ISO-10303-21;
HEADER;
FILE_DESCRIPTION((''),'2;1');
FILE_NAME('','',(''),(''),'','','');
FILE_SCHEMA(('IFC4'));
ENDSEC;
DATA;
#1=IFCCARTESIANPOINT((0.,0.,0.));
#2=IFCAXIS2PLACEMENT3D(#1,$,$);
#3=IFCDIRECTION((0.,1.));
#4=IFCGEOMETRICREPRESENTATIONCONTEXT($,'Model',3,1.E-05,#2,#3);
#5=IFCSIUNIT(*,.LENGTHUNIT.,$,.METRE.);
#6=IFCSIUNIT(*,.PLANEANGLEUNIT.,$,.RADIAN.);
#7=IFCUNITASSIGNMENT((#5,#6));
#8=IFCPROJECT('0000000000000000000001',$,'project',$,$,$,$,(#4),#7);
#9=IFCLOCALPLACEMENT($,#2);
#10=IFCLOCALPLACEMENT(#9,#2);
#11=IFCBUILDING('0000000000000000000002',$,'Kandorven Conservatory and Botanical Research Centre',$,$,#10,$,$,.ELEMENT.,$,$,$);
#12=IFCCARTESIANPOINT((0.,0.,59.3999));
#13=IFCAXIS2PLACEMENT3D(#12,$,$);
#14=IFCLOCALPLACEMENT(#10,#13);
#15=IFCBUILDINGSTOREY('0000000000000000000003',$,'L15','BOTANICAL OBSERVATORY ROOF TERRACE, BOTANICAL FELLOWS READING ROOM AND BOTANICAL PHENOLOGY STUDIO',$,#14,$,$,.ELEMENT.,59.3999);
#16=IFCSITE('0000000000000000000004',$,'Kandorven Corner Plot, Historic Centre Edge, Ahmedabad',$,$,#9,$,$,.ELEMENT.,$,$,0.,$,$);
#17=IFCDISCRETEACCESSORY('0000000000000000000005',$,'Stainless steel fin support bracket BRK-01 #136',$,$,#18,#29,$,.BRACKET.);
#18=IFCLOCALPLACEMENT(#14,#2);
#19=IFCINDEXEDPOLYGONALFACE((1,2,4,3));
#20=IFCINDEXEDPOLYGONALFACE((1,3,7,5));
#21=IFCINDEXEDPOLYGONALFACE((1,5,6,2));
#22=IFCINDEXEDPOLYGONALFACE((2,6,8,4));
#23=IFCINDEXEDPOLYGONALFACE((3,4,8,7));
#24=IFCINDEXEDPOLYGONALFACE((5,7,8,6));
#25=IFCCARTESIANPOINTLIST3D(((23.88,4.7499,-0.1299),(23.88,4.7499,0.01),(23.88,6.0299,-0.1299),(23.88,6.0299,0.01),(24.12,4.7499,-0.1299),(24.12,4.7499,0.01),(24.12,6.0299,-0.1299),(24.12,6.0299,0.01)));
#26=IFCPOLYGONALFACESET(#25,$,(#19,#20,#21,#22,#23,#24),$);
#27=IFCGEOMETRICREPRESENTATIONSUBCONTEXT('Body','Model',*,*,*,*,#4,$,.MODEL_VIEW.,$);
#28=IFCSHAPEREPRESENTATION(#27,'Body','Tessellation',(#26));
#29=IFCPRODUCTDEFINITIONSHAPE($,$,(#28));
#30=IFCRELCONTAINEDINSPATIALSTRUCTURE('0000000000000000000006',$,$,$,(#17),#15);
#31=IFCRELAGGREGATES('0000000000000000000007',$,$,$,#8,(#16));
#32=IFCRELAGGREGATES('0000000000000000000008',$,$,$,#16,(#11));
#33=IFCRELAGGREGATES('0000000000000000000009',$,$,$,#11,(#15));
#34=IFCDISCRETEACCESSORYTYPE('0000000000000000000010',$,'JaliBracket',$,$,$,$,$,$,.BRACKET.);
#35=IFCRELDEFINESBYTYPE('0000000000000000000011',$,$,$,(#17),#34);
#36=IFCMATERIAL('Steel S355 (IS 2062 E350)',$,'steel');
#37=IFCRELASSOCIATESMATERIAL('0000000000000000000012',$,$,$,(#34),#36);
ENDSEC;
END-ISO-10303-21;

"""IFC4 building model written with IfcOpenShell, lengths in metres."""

from ifc_helpers import new_model, si_unit, direction, frame, origin, origin_2d, place, context, subcontext, project, spatial, rectangle, extrude, material, type_object, element, save


model = new_model("IFC4")

# Units and contexts
model_context = context("Model", 3, precision=1e-05, world=origin(), true_north=direction((0.0, 1.0)))
body_context = subcontext(model_context, "Body", "Model", "MODEL_VIEW")
ifc_project = project(units=[si_unit("LENGTHUNIT", "METRE"), si_unit("PLANEANGLEUNIT", "RADIAN")], contexts=[model_context])

# Site, building, storey
site_placement = place(None, origin())
site = spatial("IfcSite", under=ifc_project, at=site_placement, Name="Kandorven Corner Plot, Historic Centre Edge, Ahmedabad", CompositionType="ELEMENT", RefElevation=0.0)
building_placement = place(site_placement, origin())
building = spatial("IfcBuilding", under=site, at=building_placement, Name="Kandorven Conservatory and Botanical Research Centre", CompositionType="ELEMENT")
storey_placement = place(building_placement, frame((0.0, 0.0, 59.3999)))
storey = spatial("IfcBuildingStorey", under=building, at=storey_placement, Name="L15", Description="BOTANICAL OBSERVATORY ROOF TERRACE, BOTANICAL FELLOWS READING ROOM AND BOTANICAL PHENOLOGY STUDIO", CompositionType="ELEMENT", Elevation=59.3999)

# Discrete accessory
ifc_material_1 = material(Name="Steel S355 (IS 2062 E350)", Category="steel")
discrete_accessory_type = type_object("IfcDiscreteAccessoryType", Name="JaliBracket", PredefinedType="BRACKET", material=ifc_material_1)
discrete_accessory_placement = place(storey_placement, frame((24.0, 5.3899, -0.1299), z_axis=(0.0, 0.0, 1.0), x_axis=(1.0, 0.0, 0.0)))
element("IfcDiscreteAccessory", 1, at=discrete_accessory_placement, inside=storey, type_object=discrete_accessory_type, Name="Stainless steel fin support bracket BRK-01 #136", PredefinedType="BRACKET", context=body_context, shape_type="SweptSolid", body=[
    extrude(rectangle(XDim=0.24, YDim=1.28, at=origin_2d()), origin(), (0.0, 0.0, 1.0), 0.1399),
])

save(model, "model.ifc")
